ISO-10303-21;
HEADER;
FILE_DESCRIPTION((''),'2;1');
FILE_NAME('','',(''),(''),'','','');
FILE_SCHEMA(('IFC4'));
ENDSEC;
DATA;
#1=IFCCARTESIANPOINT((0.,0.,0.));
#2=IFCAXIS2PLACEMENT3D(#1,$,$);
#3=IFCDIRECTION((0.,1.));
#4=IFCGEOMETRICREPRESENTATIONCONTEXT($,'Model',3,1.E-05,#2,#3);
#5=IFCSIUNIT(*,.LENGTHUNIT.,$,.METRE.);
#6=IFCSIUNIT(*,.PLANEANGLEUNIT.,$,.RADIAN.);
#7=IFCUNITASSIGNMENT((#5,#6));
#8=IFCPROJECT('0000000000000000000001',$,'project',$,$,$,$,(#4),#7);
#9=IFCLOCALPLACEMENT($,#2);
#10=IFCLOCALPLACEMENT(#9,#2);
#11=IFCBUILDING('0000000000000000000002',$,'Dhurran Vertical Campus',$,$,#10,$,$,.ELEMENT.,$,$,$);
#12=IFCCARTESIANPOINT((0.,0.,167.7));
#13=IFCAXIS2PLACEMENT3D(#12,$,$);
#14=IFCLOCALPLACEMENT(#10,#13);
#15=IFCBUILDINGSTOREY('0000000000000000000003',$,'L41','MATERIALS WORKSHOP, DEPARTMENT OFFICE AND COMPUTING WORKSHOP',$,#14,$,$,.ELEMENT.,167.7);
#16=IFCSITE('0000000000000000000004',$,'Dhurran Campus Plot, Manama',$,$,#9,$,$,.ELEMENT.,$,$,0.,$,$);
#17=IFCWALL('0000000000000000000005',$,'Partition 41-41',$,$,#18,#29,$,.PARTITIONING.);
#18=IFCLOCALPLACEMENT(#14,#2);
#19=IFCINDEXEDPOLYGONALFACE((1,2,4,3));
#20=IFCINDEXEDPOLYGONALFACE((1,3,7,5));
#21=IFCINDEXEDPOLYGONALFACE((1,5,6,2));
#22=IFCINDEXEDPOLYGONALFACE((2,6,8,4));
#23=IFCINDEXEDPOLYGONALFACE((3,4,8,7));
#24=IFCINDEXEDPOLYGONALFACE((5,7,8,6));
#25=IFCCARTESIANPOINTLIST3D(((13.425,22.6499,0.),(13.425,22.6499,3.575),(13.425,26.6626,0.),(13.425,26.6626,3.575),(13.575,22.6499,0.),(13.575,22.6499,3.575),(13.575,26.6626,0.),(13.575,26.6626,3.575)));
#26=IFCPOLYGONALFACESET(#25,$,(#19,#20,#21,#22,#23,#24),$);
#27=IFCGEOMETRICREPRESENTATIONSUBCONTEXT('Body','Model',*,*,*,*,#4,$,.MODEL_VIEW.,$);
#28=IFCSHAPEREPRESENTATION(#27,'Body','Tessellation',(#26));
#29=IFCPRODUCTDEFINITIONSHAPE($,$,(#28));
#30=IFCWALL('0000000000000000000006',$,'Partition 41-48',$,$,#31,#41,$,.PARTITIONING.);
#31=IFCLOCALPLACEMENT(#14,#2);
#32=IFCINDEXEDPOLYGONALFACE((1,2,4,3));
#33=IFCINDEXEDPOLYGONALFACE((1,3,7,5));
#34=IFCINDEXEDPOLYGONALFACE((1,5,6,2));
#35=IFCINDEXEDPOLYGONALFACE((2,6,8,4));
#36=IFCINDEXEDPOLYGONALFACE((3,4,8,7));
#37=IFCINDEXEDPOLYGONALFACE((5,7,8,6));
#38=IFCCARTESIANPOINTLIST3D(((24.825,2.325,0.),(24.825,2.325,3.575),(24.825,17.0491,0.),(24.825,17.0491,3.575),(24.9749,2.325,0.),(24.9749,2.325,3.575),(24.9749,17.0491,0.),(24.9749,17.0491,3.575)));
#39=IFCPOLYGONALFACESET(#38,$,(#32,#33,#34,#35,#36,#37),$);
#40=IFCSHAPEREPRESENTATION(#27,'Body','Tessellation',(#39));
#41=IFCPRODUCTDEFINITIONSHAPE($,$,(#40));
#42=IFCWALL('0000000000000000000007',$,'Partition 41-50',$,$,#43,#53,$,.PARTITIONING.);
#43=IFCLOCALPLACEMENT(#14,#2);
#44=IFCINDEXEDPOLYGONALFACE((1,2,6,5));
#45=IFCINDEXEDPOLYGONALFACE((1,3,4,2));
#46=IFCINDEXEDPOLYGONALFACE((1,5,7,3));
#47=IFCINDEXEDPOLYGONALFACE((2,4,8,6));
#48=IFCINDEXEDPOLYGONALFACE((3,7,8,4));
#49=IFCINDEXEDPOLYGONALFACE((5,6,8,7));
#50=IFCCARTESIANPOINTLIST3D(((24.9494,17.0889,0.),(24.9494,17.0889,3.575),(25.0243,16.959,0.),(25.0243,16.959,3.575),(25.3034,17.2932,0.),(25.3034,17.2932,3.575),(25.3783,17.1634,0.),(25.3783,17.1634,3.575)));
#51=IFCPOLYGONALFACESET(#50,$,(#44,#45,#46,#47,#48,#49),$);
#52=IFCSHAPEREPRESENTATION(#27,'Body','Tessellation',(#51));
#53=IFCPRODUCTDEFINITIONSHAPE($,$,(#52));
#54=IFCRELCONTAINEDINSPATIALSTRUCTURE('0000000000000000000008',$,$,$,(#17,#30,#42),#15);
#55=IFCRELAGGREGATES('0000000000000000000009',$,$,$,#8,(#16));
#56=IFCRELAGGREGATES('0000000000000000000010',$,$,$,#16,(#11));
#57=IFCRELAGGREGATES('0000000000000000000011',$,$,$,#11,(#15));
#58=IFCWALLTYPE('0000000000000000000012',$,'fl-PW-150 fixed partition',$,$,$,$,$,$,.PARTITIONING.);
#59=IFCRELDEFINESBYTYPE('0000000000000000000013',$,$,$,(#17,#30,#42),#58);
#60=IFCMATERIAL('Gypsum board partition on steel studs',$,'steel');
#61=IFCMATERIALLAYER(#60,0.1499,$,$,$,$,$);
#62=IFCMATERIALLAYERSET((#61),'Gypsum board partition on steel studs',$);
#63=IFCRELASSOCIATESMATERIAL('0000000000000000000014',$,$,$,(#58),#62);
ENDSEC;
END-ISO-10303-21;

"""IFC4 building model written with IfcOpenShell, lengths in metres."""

from ifc_helpers import new_model, si_unit, direction, frame, frame_2d, origin, place, context, subcontext, project, spatial, rectangle, extrude, material, layer, layer_set, type_object, element, save


model = new_model("IFC4")

# Units and contexts
model_context = context("Model", 3, precision=1e-05, world=origin(), true_north=direction((0.0, 1.0)))
body_context = subcontext(model_context, "Body", "Model", "MODEL_VIEW")
ifc_project = project(units=[si_unit("LENGTHUNIT", "METRE"), si_unit("PLANEANGLEUNIT", "RADIAN")], contexts=[model_context])

# Site, building, storey
site_placement = place(None, origin())
site = spatial("IfcSite", under=ifc_project, at=site_placement, Name="Dhurran Campus Plot, Manama", CompositionType="ELEMENT", RefElevation=0.0)
building_placement = place(site_placement, origin())
building = spatial("IfcBuilding", under=site, at=building_placement, Name="Dhurran Vertical Campus", CompositionType="ELEMENT")
storey_placement = place(building_placement, frame((0.0, 0.0, 167.7)))
storey = spatial("IfcBuildingStorey", under=building, at=storey_placement, Name="L41", Description="MATERIALS WORKSHOP, DEPARTMENT OFFICE AND COMPUTING WORKSHOP", CompositionType="ELEMENT", Elevation=167.7)

# Walls
ifc_material_1 = material(Name="Gypsum board partition on steel studs", Category="steel")
ifc_layer_1 = layer(ifc_material_1, 0.1499)
ifc_layer_set_1 = layer_set([ifc_layer_1], Name="Gypsum board partition on steel studs")
wall_type_1 = type_object("IfcWallType", Name="fl-PW-150 fixed partition", PredefinedType="PARTITIONING", material=ifc_layer_set_1)
wall_1_placement = place(storey_placement, frame((13.5, 26.6626, 0.0), z_axis=(0.0, 0.0, 1.0), x_axis=(0.0, -1.0, 0.0)))
element("IfcWall", 1, at=wall_1_placement, inside=storey, type_object=wall_type_1, Name="Partition 41-41", PredefinedType="PARTITIONING", context=body_context, shape_type="SweptSolid", body=[
    extrude(rectangle(XDim=4.0127, YDim=0.1499, at=frame_2d((2.0063, 0.0))), origin(), (0.0, 0.0, 1.0), 3.575),
])
wall_2_placement = place(storey_placement, frame((24.8999, 17.0491, 0.0), z_axis=(0.0, 0.0, 1.0), x_axis=(0.0, -1.0, 0.0)))
element("IfcWall", 2, at=wall_2_placement, inside=storey, type_object=wall_type_1, Name="Partition 41-48", PredefinedType="PARTITIONING", context=body_context, shape_type="SweptSolid", body=[
    extrude(rectangle(XDim=14.7241, YDim=0.1499, at=frame_2d((7.3621, 0.0))), origin(), (0.0, 0.0, 1.0), 3.575),
])
wall_3_placement = place(storey_placement, frame((25.3408, 17.2283, 0.0), z_axis=(0.0, 0.0, 1.0), x_axis=(-0.866066, -0.499929, 0.0)))
element("IfcWall", 3, at=wall_3_placement, inside=storey, type_object=wall_type_1, Name="Partition 41-50", PredefinedType="PARTITIONING", context=body_context, shape_type="SweptSolid", body=[
    extrude(rectangle(XDim=0.4087, YDim=0.1499, at=frame_2d((0.2043, 0.0))), origin(), (0.0, 0.0, 1.0), 3.575),
])

save(model, "model.ifc")
